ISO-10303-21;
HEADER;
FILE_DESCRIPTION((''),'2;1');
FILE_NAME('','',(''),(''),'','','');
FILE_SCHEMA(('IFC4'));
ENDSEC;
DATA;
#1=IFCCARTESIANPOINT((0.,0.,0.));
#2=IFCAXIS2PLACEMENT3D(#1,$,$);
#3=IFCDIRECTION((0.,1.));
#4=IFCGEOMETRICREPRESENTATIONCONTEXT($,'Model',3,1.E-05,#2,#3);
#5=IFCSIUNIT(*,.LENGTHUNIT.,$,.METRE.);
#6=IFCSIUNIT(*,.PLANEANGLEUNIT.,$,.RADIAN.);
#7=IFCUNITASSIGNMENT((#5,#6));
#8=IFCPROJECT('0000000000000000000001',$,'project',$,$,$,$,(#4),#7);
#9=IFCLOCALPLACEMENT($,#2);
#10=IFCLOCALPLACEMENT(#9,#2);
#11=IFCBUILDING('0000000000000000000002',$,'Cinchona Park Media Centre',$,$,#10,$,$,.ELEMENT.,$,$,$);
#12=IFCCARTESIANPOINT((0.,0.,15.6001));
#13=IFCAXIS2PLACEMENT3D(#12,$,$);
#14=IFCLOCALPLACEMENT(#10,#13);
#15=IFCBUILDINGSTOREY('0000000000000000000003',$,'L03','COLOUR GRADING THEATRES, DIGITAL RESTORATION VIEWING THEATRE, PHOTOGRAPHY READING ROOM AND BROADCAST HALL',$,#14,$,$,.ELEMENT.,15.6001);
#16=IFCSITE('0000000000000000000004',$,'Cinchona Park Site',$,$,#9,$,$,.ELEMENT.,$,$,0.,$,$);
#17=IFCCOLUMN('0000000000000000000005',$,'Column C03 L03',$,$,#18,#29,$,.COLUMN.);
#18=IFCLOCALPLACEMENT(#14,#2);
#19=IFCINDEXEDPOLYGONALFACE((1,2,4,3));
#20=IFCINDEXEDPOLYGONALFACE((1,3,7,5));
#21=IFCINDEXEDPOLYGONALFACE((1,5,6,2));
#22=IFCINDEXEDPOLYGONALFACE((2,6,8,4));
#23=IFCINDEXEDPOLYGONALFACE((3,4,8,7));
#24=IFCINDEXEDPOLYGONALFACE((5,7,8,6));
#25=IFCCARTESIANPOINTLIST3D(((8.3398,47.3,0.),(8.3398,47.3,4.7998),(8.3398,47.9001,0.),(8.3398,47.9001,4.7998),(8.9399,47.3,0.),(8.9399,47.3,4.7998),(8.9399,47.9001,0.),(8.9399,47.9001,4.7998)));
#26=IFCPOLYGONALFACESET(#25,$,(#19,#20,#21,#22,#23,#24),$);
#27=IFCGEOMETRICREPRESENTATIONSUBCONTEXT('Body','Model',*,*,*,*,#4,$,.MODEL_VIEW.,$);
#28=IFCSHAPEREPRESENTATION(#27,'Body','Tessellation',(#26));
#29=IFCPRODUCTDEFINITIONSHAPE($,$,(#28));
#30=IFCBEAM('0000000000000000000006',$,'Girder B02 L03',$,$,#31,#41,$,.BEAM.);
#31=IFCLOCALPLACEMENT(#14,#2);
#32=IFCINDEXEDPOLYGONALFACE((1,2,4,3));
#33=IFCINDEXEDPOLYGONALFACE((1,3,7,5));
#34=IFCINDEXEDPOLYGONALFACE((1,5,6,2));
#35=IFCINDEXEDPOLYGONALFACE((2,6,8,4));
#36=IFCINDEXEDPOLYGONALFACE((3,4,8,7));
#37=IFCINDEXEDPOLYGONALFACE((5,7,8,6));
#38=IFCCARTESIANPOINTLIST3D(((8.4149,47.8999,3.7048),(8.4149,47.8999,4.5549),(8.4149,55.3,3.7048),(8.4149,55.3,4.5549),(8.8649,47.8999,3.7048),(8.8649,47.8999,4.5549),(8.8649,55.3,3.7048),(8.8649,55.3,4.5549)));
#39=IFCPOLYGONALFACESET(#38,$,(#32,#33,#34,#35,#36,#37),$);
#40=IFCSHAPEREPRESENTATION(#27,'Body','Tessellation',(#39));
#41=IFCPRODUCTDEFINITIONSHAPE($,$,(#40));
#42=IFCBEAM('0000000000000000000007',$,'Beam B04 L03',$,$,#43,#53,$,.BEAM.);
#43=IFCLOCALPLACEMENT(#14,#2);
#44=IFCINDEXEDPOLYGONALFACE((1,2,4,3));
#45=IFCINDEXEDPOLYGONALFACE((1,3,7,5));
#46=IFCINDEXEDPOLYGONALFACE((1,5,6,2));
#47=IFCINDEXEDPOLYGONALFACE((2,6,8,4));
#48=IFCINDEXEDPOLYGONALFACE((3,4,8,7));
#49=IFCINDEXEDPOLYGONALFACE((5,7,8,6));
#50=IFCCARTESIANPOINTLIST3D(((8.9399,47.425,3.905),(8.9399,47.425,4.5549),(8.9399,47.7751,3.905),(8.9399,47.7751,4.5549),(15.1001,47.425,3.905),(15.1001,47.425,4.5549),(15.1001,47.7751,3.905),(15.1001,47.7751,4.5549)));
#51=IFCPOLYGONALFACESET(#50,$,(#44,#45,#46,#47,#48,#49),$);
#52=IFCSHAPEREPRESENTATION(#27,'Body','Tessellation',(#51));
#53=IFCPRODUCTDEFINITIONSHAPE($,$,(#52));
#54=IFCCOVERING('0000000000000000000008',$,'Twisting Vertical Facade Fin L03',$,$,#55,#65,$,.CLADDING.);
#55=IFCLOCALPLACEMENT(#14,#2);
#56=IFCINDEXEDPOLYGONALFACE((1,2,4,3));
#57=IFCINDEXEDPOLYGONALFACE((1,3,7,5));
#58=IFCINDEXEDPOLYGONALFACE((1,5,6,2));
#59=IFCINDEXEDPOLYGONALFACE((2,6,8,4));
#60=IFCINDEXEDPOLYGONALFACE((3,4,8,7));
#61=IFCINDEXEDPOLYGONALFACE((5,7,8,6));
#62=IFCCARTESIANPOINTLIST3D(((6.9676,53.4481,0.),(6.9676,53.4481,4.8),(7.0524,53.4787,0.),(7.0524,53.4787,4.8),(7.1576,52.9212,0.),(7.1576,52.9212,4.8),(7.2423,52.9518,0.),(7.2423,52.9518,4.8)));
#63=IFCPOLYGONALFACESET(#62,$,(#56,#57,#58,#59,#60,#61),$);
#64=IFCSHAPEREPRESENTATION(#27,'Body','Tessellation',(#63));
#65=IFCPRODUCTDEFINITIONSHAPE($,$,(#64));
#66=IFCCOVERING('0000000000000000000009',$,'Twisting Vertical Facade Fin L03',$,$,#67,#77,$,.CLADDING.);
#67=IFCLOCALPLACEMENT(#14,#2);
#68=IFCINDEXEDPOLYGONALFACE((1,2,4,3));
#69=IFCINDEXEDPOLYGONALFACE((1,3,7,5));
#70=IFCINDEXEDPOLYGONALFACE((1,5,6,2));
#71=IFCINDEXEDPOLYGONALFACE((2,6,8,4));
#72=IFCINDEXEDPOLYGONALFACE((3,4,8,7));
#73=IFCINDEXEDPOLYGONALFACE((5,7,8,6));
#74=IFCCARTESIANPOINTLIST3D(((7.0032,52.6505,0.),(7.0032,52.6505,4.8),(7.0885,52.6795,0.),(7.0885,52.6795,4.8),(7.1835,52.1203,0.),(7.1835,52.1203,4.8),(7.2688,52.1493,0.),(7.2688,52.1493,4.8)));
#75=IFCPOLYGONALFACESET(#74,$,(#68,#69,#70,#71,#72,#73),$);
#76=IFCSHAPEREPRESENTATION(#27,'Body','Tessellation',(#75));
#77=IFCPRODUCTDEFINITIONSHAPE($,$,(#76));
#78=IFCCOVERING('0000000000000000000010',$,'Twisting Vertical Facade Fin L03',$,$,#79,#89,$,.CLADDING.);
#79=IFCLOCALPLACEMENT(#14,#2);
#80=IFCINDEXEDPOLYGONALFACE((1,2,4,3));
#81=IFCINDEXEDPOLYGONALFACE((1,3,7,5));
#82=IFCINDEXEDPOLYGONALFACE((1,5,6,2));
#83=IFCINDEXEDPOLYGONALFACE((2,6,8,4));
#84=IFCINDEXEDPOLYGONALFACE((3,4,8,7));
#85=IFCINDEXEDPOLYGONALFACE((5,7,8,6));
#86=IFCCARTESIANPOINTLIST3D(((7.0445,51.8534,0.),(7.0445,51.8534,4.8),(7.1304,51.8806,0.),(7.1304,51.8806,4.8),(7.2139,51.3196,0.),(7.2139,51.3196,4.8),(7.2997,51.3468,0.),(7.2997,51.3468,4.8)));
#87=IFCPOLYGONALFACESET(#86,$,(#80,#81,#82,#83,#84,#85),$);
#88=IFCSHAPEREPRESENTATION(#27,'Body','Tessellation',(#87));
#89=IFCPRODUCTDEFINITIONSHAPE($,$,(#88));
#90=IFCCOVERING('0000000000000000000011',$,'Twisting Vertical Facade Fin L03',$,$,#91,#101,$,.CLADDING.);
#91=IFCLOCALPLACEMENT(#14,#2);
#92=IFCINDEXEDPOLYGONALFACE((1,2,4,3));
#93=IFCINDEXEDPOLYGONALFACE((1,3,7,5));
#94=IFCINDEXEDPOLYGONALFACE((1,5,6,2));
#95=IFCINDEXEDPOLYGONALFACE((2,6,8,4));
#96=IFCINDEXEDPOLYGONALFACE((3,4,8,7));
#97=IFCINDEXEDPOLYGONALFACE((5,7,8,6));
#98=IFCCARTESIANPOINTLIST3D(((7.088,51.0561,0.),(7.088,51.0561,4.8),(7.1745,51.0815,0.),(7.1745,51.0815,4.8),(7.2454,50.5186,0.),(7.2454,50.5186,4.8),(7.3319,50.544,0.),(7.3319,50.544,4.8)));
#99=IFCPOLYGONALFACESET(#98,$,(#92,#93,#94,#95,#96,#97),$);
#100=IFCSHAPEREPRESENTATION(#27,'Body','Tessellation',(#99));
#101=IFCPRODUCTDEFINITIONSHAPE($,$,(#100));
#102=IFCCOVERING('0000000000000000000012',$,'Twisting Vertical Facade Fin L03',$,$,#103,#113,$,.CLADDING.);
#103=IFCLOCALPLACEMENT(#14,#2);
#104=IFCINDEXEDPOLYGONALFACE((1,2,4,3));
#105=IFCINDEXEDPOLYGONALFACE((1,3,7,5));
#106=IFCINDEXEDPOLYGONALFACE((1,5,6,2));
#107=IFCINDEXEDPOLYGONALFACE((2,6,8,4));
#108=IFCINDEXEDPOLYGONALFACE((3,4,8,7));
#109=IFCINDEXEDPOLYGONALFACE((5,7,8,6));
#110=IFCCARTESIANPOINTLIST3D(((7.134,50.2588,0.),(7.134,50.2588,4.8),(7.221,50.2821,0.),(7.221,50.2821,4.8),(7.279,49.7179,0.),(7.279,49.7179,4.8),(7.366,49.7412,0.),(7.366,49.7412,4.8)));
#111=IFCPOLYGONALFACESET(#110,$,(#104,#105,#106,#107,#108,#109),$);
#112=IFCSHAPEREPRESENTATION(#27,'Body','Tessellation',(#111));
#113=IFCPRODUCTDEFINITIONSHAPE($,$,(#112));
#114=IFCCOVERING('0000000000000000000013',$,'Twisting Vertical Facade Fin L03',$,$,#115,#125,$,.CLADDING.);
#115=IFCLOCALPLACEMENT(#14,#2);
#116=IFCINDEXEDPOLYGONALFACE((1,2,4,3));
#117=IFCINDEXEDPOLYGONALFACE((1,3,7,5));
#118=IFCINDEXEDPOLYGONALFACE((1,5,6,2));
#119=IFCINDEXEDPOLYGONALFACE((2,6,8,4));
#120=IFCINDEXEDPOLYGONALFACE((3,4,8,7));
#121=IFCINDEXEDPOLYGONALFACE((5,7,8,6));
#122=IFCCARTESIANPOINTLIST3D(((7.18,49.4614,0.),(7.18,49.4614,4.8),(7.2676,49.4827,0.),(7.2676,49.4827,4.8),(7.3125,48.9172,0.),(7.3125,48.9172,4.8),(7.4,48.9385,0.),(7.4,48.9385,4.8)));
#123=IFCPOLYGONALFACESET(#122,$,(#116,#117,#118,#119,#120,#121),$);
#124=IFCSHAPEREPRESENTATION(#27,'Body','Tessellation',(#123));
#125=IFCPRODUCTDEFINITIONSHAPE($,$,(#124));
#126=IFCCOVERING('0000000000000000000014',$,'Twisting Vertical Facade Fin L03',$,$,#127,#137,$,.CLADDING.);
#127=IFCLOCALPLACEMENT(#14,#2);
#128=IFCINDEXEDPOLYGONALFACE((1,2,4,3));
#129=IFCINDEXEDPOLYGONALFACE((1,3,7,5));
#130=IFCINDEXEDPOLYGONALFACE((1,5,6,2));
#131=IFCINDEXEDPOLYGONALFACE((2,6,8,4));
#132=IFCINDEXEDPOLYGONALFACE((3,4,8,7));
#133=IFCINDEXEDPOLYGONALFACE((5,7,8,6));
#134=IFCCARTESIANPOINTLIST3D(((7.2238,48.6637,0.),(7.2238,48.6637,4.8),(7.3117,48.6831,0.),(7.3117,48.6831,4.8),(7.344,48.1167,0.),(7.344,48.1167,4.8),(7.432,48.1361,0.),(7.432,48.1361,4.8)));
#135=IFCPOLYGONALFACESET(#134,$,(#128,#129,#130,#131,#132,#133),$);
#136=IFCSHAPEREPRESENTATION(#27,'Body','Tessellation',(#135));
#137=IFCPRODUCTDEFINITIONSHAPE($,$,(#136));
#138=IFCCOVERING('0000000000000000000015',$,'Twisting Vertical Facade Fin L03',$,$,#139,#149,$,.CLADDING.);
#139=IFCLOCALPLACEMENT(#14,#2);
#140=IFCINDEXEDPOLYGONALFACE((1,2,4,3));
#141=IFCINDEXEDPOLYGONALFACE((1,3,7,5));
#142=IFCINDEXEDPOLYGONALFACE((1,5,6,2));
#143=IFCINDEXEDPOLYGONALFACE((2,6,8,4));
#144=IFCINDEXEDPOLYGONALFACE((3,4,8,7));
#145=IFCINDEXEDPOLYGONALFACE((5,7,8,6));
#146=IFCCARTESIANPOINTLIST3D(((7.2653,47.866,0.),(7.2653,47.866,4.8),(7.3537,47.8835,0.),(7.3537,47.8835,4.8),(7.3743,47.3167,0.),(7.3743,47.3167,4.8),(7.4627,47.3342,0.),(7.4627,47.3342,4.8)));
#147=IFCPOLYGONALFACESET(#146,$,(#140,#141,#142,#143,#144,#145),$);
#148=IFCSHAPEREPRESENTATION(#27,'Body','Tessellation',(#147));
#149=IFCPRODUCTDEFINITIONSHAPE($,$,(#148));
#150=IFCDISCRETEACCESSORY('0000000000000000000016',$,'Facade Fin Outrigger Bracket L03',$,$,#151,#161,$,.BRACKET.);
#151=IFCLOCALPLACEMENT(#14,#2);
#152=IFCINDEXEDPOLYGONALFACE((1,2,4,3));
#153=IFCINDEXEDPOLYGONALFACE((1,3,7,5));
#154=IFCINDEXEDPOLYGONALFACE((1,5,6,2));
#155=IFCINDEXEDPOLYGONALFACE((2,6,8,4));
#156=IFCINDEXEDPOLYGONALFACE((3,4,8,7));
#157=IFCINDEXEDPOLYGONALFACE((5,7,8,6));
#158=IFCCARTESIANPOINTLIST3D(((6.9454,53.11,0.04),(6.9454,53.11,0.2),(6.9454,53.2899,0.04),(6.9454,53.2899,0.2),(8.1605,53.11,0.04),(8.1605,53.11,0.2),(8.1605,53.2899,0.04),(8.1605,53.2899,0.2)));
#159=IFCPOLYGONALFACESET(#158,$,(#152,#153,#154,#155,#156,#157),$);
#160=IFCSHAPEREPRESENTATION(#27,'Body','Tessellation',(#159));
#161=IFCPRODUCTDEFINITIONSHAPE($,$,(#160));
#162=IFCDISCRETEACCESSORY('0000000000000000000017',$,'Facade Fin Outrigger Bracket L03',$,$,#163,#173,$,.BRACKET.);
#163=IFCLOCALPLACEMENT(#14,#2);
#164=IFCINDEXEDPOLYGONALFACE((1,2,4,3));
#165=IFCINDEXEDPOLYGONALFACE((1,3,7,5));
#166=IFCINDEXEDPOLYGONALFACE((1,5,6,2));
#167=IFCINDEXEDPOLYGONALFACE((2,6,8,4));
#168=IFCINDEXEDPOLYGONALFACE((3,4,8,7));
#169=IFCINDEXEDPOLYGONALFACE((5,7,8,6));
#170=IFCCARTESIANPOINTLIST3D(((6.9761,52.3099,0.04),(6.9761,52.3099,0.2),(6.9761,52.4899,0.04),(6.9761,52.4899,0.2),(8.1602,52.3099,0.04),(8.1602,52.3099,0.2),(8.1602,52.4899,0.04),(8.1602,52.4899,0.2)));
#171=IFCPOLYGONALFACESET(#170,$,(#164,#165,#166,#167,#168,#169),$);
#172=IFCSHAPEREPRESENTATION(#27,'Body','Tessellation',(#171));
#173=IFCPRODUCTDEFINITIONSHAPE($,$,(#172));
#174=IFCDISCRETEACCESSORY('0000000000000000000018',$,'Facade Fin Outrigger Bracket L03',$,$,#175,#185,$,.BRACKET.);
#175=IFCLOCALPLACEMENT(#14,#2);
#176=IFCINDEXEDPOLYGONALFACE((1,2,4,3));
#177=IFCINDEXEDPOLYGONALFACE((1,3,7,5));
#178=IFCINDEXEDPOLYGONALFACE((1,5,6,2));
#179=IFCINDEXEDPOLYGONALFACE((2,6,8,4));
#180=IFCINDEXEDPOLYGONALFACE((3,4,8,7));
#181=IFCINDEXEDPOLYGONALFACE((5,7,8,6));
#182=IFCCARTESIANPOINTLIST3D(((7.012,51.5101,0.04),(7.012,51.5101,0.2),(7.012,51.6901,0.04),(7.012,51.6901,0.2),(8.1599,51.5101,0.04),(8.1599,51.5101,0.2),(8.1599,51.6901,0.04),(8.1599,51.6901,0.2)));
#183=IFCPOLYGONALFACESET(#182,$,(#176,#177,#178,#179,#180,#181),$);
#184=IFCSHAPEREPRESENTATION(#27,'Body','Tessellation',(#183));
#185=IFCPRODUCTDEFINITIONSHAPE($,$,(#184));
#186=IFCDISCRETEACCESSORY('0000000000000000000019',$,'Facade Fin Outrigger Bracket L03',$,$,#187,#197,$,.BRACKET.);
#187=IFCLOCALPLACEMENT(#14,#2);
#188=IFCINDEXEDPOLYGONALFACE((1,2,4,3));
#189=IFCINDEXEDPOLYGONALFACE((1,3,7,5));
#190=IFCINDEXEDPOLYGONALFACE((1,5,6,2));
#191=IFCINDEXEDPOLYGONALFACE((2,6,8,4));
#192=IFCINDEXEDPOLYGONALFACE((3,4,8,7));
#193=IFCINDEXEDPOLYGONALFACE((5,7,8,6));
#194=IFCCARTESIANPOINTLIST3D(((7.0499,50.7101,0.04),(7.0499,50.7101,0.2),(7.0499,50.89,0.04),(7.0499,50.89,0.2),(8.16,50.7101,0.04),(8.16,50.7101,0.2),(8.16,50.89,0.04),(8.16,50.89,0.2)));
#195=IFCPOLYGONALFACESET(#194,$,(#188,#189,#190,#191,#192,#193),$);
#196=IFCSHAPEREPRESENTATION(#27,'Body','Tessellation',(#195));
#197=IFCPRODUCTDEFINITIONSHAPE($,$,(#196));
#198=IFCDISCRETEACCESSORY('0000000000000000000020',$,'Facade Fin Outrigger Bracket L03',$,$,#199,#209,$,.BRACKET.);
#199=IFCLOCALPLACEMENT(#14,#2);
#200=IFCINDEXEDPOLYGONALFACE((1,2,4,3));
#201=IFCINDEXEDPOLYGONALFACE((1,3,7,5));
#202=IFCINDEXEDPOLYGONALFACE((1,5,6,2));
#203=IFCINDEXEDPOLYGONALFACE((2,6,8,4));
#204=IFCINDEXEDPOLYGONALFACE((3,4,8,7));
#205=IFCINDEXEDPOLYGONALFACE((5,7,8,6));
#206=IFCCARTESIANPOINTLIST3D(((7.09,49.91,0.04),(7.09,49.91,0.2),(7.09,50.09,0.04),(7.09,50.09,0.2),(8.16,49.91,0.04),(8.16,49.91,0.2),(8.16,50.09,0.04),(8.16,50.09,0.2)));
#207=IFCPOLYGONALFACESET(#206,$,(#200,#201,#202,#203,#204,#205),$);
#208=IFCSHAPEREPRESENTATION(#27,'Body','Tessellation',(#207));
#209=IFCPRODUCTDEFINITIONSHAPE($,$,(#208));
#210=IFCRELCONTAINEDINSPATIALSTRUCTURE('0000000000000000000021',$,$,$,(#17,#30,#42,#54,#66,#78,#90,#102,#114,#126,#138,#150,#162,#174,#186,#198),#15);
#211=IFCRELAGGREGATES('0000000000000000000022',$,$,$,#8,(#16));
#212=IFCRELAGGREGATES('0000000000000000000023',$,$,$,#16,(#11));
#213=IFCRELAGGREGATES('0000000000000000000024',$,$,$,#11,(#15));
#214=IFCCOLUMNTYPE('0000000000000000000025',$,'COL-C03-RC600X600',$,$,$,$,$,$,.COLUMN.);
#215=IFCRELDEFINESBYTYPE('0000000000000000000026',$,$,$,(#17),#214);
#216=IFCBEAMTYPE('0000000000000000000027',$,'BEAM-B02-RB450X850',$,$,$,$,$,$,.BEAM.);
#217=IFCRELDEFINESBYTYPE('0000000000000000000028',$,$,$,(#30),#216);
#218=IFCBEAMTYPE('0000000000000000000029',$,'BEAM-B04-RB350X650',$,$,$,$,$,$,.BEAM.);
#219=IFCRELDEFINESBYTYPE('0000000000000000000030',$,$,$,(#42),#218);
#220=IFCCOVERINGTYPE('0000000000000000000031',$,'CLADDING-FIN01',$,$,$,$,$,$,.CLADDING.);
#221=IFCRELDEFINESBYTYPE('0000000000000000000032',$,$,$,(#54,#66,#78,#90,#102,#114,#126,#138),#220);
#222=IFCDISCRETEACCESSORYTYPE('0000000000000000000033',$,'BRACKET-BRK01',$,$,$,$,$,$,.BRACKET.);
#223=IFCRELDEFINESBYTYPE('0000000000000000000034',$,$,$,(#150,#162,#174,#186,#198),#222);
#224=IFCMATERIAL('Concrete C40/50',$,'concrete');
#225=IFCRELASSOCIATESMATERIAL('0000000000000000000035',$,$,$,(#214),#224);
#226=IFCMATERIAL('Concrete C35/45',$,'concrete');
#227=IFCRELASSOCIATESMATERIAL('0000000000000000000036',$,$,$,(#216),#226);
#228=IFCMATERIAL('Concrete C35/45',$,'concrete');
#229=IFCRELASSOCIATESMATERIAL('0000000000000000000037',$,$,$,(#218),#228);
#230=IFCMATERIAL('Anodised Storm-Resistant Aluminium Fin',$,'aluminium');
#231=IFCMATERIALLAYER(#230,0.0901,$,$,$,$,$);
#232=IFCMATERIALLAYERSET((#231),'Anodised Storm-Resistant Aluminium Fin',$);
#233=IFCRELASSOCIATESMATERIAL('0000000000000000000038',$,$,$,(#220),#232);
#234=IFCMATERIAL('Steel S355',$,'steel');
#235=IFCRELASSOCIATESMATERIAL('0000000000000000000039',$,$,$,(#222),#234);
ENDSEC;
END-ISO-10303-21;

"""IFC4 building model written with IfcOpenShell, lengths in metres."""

from ifc_helpers import new_model, si_unit, direction, frame, origin, origin_2d, place, context, subcontext, project, spatial, rectangle, extrude, material, layer, layer_set, material_profile, profile_set, type_object, element, save


model = new_model("IFC4")

# Units and contexts
model_context = context("Model", 3, precision=1e-05, world=origin(), true_north=direction((0.0, 1.0)))
body_context = subcontext(model_context, "Body", "Model", "MODEL_VIEW")
ifc_project = project(units=[si_unit("LENGTHUNIT", "METRE"), si_unit("PLANEANGLEUNIT", "RADIAN")], contexts=[model_context])

# Site, building, storey
site_placement = place(None, origin())
site = spatial("IfcSite", under=ifc_project, at=site_placement, Name="Cinchona Park Site", CompositionType="ELEMENT", RefElevation=0.0)
building_placement = place(site_placement, origin())
building = spatial("IfcBuilding", under=site, at=building_placement, Name="Cinchona Park Media Centre", CompositionType="ELEMENT")
storey_placement = place(building_placement, frame((0.0, 0.0, 15.6001)))
storey = spatial("IfcBuildingStorey", under=building, at=storey_placement, Name="L03", Description="COLOUR GRADING THEATRES, DIGITAL RESTORATION VIEWING THEATRE, PHOTOGRAPHY READING ROOM AND BROADCAST HALL", CompositionType="ELEMENT", Elevation=15.6001)

# Column
ifc_material_1 = material(Name="Concrete C40/50", Category="concrete")
ifc_material_profile_1 = material_profile(ifc_material_1, rectangle(XDim=0.6001, YDim=0.6001, at=origin_2d()), Name="RC 600X600")
ifc_profile_set_1 = profile_set([ifc_material_profile_1], Name="Concrete C40/50")
column_type = type_object("IfcColumnType", Name="COL-C03-RC600X600", PredefinedType="COLUMN", material=ifc_profile_set_1)
column_placement = place(storey_placement, frame((8.6399, 47.6001, 0.0), z_axis=(0.0, 0.0, 1.0), x_axis=(1.0, 0.0, 0.0)))
element("IfcColumn", 1, at=column_placement, inside=storey, type_object=column_type, Name="Column C03 L03", PredefinedType="COLUMN", context=body_context, shape_type="SweptSolid", body=[
    extrude(rectangle(XDim=0.6001, YDim=0.6001, at=origin_2d()), origin(), (0.0, 0.0, 1.0), 4.7998),
])

# Beams
ifc_material_2 = material(Name="Concrete C35/45", Category="concrete")
ifc_material_profile_2 = material_profile(ifc_material_2, rectangle(XDim=0.45, YDim=0.8501, at=origin_2d()), Name="RB 450X850")
ifc_profile_set_2 = profile_set([ifc_material_profile_2], Name="Concrete C35/45")
beam_type_1 = type_object("IfcBeamType", Name="BEAM-B02-RB450X850", PredefinedType="BEAM", material=ifc_profile_set_2)
beam_1_placement = place(storey_placement, frame((8.6399, 47.8999, 4.1299), z_axis=(0.0, 1.0, 0.0), x_axis=(-1.0, 0.0, 0.0)))
element("IfcBeam", 2, at=beam_1_placement, inside=storey, type_object=beam_type_1, Name="Girder B02 L03", PredefinedType="BEAM", context=body_context, shape_type="SweptSolid", body=[
    extrude(rectangle(XDim=0.45, YDim=0.8501, at=origin_2d()), origin(), (0.0, 0.0, 1.0), 7.4001),
])
ifc_material_3 = material(Name="Concrete C35/45", Category="concrete")
ifc_material_profile_3 = material_profile(ifc_material_3, rectangle(XDim=0.3501, YDim=0.6499, at=origin_2d()), Name="RB 350X650")
ifc_profile_set_3 = profile_set([ifc_material_profile_3], Name="Concrete C35/45")
beam_type_2 = type_object("IfcBeamType", Name="BEAM-B04-RB350X650", PredefinedType="BEAM", material=ifc_profile_set_3)
beam_2_placement = place(storey_placement, frame((8.9399, 47.6001, 4.23), z_axis=(1.0, 0.0, 0.0), x_axis=(0.0, 1.0, 0.0)))
element("IfcBeam", 3, at=beam_2_placement, inside=storey, type_object=beam_type_2, Name="Beam B04 L03", PredefinedType="BEAM", context=body_context, shape_type="SweptSolid", body=[
    extrude(rectangle(XDim=0.3501, YDim=0.6499, at=origin_2d()), origin(), (0.0, 0.0, 1.0), 6.1602),
])

# Coverings
ifc_material_4 = material(Name="Anodised Storm-Resistant Aluminium Fin", Category="aluminium")
ifc_layer = layer(ifc_material_4, 0.0901)
ifc_layer_set = layer_set([ifc_layer], Name="Anodised Storm-Resistant Aluminium Fin")
covering_type = type_object("IfcCoveringType", Name="CLADDING-FIN01", PredefinedType="CLADDING", material=ifc_layer_set)
for number, where, z_axis, x_axis, name in (
    (4, (7.105, 53.2, 0.0), (0.0, 0.0, 1.0), (0.339231, -0.940703, 0.0), "Twisting Vertical Facade Fin L03"),
    (5, (7.136, 52.3999, 0.0), (0.0, 0.0, 1.0), (0.321935, -0.946762, 0.0), "Twisting Vertical Facade Fin L03"),
    (6, (7.1721, 51.6001, 0.0), (0.0, 0.0, 1.0), (0.30237, -0.953191, 0.0), "Twisting Vertical Facade Fin L03"),
    (7, (7.21, 50.8, 0.0), (0.0, 0.0, 1.0), (0.281002, -0.959707, 0.0), "Twisting Vertical Facade Fin L03"),
    (8, (7.25, 50.0, 0.0), (0.0, 0.0, 1.0), (0.258819, -0.965926, 0.0), "Twisting Vertical Facade Fin L03"),
    (9, (7.29, 49.2, 0.0), (0.0, 0.0, 1.0), (0.236499, -0.971632, 0.0), "Twisting Vertical Facade Fin L03"),
    (10, (7.3279, 48.3999, 0.0), (0.0, 0.0, 1.0), (0.214735, -0.976672, 0.0), "Twisting Vertical Facade Fin L03"),
    (11, (7.364, 47.6001, 0.0), (0.0, 0.0, 1.0), (0.194577, -0.980887, 0.0), "Twisting Vertical Facade Fin L03"),
):
    element("IfcCovering", number, at=place(storey_placement, frame(where, z_axis=z_axis, x_axis=x_axis)), inside=storey, type_object=covering_type, Name=name, PredefinedType="CLADDING", context=body_context, shape_type="SweptSolid", body=[
        extrude(rectangle(XDim=0.5601, YDim=0.0901, at=origin_2d()), origin(), (0.0, 0.0, 1.0), 4.8),
    ])

# Discrete accessories
ifc_material_5 = material(Name="Steel S355", Category="steel")
discrete_accessory_type = type_object("IfcDiscreteAccessoryType", Name="BRACKET-BRK01", PredefinedType="BRACKET", material=ifc_material_5)
discrete_accessory_1_placement = place(storey_placement, frame((7.553, 53.2, 0.04), z_axis=(0.0, 0.0, 1.0), x_axis=(0.0, -1.0, 0.0)))
element("IfcDiscreteAccessory", 12, at=discrete_accessory_1_placement, inside=storey, type_object=discrete_accessory_type, Name="Facade Fin Outrigger Bracket L03", PredefinedType="BRACKET", context=body_context, shape_type="SweptSolid", body=[
    extrude(rectangle(XDim=0.1799, YDim=1.2151, at=origin_2d()), origin(), (0.0, 0.0, 1.0), 0.1599),
])
discrete_accessory_2_placement = place(storey_placement, frame((7.5681, 52.3999, 0.04), z_axis=(0.0, 0.0, 1.0), x_axis=(0.0, -1.0, 0.0)))
element("IfcDiscreteAccessory", 13, at=discrete_accessory_2_placement, inside=storey, type_object=discrete_accessory_type, Name="Facade Fin Outrigger Bracket L03", PredefinedType="BRACKET", context=body_context, shape_type="SweptSolid", body=[
    extrude(rectangle(XDim=0.1799, YDim=1.1841, at=origin_2d()), origin(), (0.0, 0.0, 1.0), 0.1599),
])
discrete_accessory_3_placement = place(storey_placement, frame((7.5859, 51.6001, 0.04), z_axis=(0.0, 0.0, 1.0), x_axis=(0.0, -1.0, 0.0)))
element("IfcDiscreteAccessory", 14, at=discrete_accessory_3_placement, inside=storey, type_object=discrete_accessory_type, Name="Facade Fin Outrigger Bracket L03", PredefinedType="BRACKET", context=body_context, shape_type="SweptSolid", body=[
    extrude(rectangle(XDim=0.1799, YDim=1.1479, at=origin_2d()), origin(), (0.0, 0.0, 1.0), 0.1599),
])
discrete_accessory_4_placement = place(storey_placement, frame((7.605, 50.8, 0.04), z_axis=(0.0, 0.0, 1.0), x_axis=(0.0, -1.0, 0.0)))
element("IfcDiscreteAccessory", 15, at=discrete_accessory_4_placement, inside=storey, type_object=discrete_accessory_type, Name="Facade Fin Outrigger Bracket L03", PredefinedType="BRACKET", context=body_context, shape_type="SweptSolid", body=[
    extrude(rectangle(XDim=0.1799, YDim=1.1101, at=origin_2d()), origin(), (0.0, 0.0, 1.0), 0.1599),
])
discrete_accessory_5_placement = place(storey_placement, frame((7.625, 50.0, 0.04), z_axis=(0.0, 0.0, 1.0), x_axis=(0.0, -1.0, 0.0)))
element("IfcDiscreteAccessory", 16, at=discrete_accessory_5_placement, inside=storey, type_object=discrete_accessory_type, Name="Facade Fin Outrigger Bracket L03", PredefinedType="BRACKET", context=body_context, shape_type="SweptSolid", body=[
    extrude(rectangle(XDim=0.1799, YDim=1.0701, at=origin_2d()), origin(), (0.0, 0.0, 1.0), 0.1599),
])

save(model, "model.ifc")
